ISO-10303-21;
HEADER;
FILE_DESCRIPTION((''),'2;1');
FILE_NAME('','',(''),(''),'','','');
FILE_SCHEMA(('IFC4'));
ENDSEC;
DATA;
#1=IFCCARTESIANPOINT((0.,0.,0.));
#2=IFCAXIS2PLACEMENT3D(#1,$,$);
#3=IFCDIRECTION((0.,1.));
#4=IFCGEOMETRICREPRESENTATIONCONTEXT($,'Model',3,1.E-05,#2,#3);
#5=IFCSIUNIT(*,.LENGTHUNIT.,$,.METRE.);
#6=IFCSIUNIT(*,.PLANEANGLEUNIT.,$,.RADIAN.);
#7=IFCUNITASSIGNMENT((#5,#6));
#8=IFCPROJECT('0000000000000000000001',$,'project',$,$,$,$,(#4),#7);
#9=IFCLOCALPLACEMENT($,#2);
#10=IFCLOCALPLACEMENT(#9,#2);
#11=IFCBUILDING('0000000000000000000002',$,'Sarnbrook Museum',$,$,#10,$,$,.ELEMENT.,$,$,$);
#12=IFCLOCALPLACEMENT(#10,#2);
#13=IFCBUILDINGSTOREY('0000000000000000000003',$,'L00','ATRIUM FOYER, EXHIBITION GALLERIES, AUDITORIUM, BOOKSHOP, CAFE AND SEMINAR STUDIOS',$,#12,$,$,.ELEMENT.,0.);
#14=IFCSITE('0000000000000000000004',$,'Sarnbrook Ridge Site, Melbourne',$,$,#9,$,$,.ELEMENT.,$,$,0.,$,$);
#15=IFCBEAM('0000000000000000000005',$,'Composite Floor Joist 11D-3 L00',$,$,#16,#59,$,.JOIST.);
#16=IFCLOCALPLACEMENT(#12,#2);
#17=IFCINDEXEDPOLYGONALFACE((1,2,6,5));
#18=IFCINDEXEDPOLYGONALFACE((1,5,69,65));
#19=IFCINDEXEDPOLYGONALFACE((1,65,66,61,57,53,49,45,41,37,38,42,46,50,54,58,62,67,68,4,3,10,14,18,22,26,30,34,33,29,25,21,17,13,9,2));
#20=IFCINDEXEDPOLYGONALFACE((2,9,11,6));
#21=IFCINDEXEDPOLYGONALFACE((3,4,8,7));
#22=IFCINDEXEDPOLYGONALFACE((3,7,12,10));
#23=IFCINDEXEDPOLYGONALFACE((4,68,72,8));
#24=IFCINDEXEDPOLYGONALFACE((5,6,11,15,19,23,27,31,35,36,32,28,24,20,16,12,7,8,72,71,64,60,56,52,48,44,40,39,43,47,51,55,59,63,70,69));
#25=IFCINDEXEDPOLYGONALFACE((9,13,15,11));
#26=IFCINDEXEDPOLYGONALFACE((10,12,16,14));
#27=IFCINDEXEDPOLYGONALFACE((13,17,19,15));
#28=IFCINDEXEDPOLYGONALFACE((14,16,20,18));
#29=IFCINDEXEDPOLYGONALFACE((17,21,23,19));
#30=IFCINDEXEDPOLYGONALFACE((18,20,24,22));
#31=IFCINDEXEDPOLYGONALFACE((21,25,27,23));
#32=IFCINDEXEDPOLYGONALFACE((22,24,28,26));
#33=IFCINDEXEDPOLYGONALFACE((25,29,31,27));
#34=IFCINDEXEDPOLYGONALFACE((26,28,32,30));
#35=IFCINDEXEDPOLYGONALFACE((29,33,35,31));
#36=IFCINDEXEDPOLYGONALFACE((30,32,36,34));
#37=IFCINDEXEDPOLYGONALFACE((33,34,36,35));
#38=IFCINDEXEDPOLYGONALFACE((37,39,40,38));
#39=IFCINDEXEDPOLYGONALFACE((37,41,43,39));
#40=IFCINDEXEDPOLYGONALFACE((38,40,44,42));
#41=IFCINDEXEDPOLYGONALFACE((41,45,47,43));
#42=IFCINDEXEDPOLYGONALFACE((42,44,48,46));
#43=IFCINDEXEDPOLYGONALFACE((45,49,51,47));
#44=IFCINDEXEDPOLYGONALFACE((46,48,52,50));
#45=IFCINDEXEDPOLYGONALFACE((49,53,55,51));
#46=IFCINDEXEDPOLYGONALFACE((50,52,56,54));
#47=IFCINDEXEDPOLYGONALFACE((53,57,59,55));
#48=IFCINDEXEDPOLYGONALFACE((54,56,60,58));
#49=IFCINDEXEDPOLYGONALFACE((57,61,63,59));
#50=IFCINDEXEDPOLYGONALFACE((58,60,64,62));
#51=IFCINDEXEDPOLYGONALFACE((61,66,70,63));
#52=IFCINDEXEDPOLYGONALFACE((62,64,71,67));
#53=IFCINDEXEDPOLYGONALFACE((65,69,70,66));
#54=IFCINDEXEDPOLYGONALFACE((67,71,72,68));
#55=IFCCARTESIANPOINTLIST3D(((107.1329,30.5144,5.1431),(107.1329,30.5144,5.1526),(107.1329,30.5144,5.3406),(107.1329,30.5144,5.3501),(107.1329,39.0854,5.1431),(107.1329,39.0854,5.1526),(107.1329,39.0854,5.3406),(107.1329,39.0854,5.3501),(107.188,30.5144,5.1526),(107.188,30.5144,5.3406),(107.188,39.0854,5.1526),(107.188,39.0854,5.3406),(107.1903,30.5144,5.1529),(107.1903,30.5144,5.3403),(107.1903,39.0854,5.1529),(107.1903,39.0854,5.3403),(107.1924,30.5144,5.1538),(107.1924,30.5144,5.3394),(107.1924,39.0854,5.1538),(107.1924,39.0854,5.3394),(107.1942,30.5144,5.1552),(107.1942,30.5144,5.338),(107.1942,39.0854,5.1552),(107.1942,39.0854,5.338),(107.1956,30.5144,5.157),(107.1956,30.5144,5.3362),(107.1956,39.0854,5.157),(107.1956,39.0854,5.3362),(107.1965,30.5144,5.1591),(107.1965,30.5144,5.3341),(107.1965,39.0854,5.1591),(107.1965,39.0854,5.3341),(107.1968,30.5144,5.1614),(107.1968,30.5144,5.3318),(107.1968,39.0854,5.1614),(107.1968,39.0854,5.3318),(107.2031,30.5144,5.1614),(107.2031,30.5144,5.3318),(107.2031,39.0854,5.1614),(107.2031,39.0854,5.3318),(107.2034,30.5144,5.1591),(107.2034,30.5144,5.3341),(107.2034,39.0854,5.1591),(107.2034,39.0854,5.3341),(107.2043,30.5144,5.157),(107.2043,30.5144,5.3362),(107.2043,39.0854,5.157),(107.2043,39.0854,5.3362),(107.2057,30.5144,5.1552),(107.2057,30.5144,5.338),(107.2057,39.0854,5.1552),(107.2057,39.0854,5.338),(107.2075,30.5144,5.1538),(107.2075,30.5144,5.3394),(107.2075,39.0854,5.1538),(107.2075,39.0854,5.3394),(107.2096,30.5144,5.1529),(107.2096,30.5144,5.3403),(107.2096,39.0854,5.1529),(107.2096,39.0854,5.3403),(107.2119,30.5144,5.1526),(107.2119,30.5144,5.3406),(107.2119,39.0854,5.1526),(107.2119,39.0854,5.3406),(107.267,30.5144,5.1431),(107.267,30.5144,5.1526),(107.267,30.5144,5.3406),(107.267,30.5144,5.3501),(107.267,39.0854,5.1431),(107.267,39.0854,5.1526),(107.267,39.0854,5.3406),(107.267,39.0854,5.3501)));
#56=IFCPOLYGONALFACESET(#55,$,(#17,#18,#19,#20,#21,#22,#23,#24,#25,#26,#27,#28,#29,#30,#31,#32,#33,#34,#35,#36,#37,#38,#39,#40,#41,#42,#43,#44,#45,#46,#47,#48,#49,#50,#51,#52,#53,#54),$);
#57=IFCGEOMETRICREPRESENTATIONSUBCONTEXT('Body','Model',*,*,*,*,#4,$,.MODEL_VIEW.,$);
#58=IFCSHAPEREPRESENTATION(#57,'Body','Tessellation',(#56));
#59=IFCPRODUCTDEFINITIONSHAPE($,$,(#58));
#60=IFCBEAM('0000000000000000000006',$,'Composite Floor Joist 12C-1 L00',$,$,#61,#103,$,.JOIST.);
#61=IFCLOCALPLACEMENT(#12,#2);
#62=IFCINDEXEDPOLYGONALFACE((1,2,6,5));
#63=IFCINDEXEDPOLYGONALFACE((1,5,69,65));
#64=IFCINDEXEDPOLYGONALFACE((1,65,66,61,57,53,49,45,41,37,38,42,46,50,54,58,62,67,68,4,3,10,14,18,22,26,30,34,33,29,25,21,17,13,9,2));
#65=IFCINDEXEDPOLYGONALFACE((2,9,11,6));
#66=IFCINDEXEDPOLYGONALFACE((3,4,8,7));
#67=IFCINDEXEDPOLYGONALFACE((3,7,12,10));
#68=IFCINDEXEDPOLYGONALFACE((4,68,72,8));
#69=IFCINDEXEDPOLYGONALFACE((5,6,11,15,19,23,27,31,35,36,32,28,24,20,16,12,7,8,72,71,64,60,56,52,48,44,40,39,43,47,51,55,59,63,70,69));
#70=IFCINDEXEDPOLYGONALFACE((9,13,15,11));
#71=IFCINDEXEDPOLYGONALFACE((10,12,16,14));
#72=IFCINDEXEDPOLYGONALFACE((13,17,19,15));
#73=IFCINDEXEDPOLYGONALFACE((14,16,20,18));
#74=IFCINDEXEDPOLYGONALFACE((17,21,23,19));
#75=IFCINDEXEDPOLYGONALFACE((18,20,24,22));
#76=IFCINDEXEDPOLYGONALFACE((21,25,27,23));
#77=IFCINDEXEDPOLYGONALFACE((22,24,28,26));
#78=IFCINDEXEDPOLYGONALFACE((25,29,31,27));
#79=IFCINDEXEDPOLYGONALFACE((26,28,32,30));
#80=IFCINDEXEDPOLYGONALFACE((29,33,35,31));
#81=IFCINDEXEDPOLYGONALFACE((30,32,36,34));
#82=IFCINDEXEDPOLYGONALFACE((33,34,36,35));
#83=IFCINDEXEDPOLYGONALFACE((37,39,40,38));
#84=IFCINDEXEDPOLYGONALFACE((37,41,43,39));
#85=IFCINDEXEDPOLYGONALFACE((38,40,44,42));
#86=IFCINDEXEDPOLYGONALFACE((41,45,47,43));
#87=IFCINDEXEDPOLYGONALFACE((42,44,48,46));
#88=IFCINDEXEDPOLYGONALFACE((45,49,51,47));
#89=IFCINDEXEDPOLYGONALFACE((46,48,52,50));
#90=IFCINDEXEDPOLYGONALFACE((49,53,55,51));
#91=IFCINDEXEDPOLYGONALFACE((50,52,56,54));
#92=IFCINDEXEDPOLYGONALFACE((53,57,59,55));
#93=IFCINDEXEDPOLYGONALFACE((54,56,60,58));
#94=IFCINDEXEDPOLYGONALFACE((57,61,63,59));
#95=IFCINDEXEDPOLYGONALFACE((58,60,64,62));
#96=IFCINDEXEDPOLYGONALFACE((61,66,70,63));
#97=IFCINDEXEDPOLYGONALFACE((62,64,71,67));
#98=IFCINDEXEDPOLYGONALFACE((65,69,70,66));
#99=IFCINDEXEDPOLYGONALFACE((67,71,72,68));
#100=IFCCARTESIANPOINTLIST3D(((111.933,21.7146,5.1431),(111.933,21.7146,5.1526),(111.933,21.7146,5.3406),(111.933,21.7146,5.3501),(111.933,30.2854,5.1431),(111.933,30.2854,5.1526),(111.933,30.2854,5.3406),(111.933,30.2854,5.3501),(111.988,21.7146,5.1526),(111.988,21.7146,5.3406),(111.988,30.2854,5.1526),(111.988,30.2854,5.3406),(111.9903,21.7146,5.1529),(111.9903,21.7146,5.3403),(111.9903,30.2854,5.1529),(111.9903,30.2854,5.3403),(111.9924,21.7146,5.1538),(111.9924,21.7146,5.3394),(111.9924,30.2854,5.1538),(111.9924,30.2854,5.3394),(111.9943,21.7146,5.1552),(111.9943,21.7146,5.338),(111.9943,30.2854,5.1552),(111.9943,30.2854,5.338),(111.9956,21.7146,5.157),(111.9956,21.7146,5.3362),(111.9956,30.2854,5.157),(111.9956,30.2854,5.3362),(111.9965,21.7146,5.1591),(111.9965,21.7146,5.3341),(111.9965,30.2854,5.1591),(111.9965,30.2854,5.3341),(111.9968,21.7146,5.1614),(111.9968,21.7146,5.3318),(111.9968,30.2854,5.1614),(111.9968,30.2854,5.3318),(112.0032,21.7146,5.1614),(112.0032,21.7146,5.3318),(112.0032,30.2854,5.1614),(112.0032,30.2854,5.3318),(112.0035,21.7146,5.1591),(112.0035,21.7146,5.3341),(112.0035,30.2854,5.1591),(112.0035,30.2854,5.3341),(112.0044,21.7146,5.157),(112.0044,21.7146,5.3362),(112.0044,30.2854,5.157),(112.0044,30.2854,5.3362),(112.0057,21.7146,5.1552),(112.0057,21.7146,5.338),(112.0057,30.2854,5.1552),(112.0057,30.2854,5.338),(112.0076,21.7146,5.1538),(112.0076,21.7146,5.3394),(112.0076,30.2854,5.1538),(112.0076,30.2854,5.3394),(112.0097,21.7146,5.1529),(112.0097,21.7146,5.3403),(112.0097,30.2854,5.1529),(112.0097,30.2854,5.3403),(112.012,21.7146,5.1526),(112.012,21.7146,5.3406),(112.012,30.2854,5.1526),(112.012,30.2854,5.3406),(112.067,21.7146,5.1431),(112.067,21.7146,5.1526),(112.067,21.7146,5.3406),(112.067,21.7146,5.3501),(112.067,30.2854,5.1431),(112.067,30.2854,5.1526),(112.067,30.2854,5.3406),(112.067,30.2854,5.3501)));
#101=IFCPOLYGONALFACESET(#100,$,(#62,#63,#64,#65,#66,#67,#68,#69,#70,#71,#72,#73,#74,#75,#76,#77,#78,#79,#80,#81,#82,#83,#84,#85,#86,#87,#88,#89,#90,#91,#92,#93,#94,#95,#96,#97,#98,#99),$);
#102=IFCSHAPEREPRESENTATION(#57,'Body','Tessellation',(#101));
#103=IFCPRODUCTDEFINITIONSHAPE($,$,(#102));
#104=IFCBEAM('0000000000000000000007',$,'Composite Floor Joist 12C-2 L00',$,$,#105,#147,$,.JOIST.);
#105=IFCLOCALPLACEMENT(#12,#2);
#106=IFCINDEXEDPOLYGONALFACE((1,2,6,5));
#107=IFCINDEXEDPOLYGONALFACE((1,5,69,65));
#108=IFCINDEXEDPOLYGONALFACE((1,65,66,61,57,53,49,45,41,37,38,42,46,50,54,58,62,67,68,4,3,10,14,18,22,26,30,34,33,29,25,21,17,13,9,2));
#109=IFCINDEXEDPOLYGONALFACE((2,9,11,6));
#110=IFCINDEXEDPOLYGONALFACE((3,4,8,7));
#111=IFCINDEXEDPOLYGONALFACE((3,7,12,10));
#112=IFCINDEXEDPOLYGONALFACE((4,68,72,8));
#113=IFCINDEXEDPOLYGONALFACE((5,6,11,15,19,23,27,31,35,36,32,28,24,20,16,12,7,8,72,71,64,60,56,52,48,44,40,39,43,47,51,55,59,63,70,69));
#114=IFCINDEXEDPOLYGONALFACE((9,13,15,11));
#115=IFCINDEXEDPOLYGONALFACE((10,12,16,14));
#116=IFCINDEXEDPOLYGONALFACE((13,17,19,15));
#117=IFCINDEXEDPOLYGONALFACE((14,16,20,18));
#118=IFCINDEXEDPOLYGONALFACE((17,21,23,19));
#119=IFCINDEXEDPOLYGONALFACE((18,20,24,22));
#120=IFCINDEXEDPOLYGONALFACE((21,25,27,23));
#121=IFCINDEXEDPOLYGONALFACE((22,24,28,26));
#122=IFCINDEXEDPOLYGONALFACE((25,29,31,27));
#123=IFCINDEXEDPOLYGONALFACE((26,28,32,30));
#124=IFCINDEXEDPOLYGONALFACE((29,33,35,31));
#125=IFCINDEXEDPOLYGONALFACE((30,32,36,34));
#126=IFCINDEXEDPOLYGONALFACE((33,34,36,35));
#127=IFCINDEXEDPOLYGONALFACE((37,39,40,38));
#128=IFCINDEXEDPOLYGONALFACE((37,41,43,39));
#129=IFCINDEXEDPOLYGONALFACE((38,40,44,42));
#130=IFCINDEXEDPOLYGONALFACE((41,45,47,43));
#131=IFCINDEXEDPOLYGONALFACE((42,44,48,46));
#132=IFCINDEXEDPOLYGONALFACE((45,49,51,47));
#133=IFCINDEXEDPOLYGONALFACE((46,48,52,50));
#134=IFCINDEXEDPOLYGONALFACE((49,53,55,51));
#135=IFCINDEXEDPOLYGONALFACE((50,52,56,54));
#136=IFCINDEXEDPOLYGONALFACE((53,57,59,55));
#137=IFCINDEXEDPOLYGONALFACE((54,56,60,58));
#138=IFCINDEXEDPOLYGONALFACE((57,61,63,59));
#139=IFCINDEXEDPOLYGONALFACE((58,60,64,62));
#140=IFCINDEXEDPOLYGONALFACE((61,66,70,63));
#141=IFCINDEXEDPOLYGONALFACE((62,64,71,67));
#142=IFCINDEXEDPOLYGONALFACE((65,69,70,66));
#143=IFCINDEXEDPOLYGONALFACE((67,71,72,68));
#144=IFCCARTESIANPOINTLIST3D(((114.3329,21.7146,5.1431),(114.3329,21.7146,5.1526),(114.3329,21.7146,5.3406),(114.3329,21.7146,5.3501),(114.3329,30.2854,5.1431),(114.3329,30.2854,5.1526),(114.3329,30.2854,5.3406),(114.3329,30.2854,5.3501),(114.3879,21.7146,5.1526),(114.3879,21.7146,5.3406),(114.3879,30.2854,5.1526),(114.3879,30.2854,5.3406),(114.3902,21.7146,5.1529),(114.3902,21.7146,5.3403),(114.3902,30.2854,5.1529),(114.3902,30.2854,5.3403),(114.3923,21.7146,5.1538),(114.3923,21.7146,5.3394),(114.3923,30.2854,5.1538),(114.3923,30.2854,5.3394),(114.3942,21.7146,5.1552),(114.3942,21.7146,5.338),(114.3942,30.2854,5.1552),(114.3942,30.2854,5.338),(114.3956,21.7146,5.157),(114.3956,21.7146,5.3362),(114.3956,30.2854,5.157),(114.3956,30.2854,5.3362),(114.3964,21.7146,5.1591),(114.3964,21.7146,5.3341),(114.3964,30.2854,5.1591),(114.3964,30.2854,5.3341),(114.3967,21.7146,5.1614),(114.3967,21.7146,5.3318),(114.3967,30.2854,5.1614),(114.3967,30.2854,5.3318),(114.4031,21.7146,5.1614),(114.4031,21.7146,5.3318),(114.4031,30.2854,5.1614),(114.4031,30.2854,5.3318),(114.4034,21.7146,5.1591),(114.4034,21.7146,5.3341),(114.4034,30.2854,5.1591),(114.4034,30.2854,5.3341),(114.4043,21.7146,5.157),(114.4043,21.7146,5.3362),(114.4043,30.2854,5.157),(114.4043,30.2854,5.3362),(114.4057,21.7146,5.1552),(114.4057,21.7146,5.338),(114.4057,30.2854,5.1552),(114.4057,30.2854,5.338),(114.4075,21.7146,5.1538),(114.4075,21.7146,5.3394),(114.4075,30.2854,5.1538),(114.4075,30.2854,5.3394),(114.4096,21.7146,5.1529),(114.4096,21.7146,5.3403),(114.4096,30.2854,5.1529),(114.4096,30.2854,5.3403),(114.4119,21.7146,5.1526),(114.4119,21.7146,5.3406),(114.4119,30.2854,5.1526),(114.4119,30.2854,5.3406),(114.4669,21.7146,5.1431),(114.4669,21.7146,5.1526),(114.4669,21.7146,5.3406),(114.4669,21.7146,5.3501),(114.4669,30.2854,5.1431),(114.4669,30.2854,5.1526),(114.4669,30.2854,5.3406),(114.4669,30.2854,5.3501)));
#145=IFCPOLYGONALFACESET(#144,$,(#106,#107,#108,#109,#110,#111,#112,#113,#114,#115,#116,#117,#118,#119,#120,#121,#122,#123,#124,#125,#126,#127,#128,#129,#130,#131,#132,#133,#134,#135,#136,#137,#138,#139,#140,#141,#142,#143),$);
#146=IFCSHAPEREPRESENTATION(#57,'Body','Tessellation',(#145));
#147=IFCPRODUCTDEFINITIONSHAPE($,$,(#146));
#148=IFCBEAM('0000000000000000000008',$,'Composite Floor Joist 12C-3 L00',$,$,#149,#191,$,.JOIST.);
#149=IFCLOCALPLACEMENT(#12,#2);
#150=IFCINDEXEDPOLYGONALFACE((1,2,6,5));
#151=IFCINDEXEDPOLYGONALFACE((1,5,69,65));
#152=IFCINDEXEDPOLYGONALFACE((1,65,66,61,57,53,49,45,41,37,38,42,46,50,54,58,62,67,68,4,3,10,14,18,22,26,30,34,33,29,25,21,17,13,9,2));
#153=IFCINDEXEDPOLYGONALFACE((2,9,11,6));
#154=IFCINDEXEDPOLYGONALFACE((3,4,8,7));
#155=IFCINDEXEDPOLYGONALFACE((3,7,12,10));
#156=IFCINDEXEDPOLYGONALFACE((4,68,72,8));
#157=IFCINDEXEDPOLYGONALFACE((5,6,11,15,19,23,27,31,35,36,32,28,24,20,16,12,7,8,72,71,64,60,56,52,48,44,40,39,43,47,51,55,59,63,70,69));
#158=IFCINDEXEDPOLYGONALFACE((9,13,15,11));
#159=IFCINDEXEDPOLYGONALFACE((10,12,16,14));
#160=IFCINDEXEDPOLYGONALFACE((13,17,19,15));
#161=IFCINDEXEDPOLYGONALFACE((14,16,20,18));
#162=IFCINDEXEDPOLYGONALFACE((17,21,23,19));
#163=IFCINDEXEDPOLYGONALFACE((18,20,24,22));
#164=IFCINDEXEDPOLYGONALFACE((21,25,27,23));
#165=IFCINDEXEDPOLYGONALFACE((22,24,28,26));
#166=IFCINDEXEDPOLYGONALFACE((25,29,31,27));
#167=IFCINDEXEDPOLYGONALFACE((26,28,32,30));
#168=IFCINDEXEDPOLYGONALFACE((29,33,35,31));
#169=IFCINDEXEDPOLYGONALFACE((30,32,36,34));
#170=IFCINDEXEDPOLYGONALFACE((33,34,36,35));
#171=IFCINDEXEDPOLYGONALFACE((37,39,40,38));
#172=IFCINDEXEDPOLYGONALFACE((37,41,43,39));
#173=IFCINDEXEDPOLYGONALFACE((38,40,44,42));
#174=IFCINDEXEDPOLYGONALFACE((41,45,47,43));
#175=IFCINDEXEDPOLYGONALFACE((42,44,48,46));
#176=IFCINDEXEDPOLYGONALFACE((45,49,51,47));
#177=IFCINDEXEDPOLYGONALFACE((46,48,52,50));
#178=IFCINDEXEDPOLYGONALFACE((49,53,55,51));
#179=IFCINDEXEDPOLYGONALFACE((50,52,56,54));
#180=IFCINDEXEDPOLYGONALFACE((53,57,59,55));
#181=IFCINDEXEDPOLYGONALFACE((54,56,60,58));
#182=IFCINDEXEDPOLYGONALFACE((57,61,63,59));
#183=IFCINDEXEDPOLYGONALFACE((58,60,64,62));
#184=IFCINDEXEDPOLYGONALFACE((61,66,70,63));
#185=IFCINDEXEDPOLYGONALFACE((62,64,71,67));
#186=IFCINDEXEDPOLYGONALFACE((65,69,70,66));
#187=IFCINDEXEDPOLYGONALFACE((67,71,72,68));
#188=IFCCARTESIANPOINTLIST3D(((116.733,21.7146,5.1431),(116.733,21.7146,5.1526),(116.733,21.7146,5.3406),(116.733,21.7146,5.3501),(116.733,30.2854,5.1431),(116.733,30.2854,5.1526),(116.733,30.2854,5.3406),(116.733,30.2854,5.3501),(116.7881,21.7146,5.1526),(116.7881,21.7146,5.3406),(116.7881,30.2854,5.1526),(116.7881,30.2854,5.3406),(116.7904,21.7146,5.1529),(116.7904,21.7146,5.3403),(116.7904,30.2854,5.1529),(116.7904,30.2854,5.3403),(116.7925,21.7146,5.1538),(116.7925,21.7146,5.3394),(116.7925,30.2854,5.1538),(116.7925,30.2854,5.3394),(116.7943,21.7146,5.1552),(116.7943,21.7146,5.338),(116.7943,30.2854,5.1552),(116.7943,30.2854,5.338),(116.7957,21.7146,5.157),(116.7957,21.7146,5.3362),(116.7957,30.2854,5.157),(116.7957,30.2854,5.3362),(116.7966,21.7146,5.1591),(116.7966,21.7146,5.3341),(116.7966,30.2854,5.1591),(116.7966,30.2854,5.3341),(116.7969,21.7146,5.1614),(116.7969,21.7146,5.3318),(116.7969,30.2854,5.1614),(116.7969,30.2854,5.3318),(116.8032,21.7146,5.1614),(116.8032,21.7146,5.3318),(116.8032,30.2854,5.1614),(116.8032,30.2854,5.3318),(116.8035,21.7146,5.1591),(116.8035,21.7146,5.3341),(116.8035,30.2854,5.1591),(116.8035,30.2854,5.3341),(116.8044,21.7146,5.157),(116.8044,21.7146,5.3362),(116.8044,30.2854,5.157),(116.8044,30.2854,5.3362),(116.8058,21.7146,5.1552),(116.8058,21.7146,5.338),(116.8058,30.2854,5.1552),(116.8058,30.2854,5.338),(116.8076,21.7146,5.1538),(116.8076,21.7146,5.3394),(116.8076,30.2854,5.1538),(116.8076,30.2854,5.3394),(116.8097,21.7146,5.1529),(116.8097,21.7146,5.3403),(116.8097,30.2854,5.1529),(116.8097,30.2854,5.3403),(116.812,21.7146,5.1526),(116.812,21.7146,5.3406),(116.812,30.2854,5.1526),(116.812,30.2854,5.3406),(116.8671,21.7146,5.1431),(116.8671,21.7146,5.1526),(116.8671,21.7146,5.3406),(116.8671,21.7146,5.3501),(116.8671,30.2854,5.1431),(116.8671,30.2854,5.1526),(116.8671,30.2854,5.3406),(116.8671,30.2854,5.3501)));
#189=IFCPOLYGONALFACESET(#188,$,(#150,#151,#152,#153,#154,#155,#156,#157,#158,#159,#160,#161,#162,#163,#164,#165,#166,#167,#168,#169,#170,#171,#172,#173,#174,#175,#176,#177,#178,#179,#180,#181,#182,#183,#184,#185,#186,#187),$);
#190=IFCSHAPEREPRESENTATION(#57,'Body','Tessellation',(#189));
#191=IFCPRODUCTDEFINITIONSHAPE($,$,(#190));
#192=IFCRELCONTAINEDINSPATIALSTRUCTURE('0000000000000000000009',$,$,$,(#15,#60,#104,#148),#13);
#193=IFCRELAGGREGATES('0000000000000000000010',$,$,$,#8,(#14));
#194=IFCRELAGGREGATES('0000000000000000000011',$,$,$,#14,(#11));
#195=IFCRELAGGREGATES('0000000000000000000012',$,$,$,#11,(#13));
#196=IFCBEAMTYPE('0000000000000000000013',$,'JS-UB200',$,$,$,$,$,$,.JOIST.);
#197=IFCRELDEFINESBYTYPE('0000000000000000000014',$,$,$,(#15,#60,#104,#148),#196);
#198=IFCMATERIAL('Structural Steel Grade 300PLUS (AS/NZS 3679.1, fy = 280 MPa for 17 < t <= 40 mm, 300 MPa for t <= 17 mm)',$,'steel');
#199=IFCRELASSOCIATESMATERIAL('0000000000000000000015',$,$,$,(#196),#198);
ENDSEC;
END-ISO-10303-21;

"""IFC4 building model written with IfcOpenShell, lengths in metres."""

from ifc_helpers import new_model, si_unit, direction, frame, origin, origin_2d, place, context, subcontext, project, spatial, i_section, extrude, material, material_profile, profile_set, type_object, element, save


model = new_model("IFC4")

# Units and contexts
model_context = context("Model", 3, precision=1e-05, world=origin(), true_north=direction((0.0, 1.0)))
body_context = subcontext(model_context, "Body", "Model", "MODEL_VIEW")
ifc_project = project(units=[si_unit("LENGTHUNIT", "METRE"), si_unit("PLANEANGLEUNIT", "RADIAN")], contexts=[model_context])

# Site, building, storey
site_placement = place(None, origin())
site = spatial("IfcSite", under=ifc_project, at=site_placement, Name="Sarnbrook Ridge Site, Melbourne", CompositionType="ELEMENT", RefElevation=0.0)
building_placement = place(site_placement, origin())
building = spatial("IfcBuilding", under=site, at=building_placement, Name="Sarnbrook Museum", CompositionType="ELEMENT")
storey_placement = place(building_placement, origin())
storey = spatial("IfcBuildingStorey", under=building, at=storey_placement, Name="L00", Description="ATRIUM FOYER, EXHIBITION GALLERIES, AUDITORIUM, BOOKSHOP, CAFE AND SEMINAR STUDIOS", CompositionType="ELEMENT", Elevation=0.0)

# Shared definitions
ifc_material_1 = material(Name="Structural Steel Grade 300PLUS (AS/NZS 3679.1, fy = 280 MPa for 17 < t <= 40 mm, 300 MPa for t <= 17 mm)", Category="steel")

# Beams
ifc_material_profile_1 = material_profile(ifc_material_1, i_section(OverallWidth=0.134, OverallDepth=0.207, WebThickness=0.0063, FlangeThickness=0.0095, FilletRadius=0.0088, at=origin_2d()), Name="200UB29.8")
ifc_profile_set_1 = profile_set([ifc_material_profile_1], Name="Structural Steel Grade 300PLUS (AS/NZS 3679.1, fy = 280 MPa for 17 < t <= 40 mm, 300 MPa for t <= 17 mm)")
beam_type_1 = type_object("IfcBeamType", Name="JS-UB200", PredefinedType="JOIST", material=ifc_profile_set_1)
beam_1_placement = place(storey_placement, frame((107.2, 30.5144, 5.2466), z_axis=(0.0, 1.0, 0.0), x_axis=(-1.0, 0.0, 0.0)))
element("IfcBeam", 1, at=beam_1_placement, inside=storey, type_object=beam_type_1, Name="Composite Floor Joist 11D-3 L00", PredefinedType="JOIST", context=body_context, shape_type="SweptSolid", body=[
    extrude(i_section(OverallWidth=0.134, OverallDepth=0.207, WebThickness=0.0063, FlangeThickness=0.0095, FilletRadius=0.0088, at=origin_2d()), origin(), (0.0, 0.0, 1.0), 8.571),
])
for number, where, z_axis, x_axis, name in (
    (2, (112.0, 21.7146, 5.2466), (0.0, 1.0, 0.0), (-1.0, 0.0, 0.0), "Composite Floor Joist 12C-1 L00"),
    (3, (114.3999, 21.7146, 5.2466), (0.0, 1.0, 0.0), (-1.0, 0.0, 0.0), "Composite Floor Joist 12C-2 L00"),
    (4, (116.8, 21.7146, 5.2466), (0.0, 1.0, 0.0), (-1.0, 0.0, 0.0), "Composite Floor Joist 12C-3 L00"),
):
    element("IfcBeam", number, at=place(storey_placement, frame(where, z_axis=z_axis, x_axis=x_axis)), inside=storey, type_object=beam_type_1, Name=name, PredefinedType="JOIST", context=body_context, shape_type="SweptSolid", body=[
        extrude(i_section(OverallWidth=0.134, OverallDepth=0.207, WebThickness=0.0063, FlangeThickness=0.0095, FilletRadius=0.0088, at=origin_2d()), origin(), (0.0, 0.0, 1.0), 8.5708),
    ])

save(model, "model.ifc")
